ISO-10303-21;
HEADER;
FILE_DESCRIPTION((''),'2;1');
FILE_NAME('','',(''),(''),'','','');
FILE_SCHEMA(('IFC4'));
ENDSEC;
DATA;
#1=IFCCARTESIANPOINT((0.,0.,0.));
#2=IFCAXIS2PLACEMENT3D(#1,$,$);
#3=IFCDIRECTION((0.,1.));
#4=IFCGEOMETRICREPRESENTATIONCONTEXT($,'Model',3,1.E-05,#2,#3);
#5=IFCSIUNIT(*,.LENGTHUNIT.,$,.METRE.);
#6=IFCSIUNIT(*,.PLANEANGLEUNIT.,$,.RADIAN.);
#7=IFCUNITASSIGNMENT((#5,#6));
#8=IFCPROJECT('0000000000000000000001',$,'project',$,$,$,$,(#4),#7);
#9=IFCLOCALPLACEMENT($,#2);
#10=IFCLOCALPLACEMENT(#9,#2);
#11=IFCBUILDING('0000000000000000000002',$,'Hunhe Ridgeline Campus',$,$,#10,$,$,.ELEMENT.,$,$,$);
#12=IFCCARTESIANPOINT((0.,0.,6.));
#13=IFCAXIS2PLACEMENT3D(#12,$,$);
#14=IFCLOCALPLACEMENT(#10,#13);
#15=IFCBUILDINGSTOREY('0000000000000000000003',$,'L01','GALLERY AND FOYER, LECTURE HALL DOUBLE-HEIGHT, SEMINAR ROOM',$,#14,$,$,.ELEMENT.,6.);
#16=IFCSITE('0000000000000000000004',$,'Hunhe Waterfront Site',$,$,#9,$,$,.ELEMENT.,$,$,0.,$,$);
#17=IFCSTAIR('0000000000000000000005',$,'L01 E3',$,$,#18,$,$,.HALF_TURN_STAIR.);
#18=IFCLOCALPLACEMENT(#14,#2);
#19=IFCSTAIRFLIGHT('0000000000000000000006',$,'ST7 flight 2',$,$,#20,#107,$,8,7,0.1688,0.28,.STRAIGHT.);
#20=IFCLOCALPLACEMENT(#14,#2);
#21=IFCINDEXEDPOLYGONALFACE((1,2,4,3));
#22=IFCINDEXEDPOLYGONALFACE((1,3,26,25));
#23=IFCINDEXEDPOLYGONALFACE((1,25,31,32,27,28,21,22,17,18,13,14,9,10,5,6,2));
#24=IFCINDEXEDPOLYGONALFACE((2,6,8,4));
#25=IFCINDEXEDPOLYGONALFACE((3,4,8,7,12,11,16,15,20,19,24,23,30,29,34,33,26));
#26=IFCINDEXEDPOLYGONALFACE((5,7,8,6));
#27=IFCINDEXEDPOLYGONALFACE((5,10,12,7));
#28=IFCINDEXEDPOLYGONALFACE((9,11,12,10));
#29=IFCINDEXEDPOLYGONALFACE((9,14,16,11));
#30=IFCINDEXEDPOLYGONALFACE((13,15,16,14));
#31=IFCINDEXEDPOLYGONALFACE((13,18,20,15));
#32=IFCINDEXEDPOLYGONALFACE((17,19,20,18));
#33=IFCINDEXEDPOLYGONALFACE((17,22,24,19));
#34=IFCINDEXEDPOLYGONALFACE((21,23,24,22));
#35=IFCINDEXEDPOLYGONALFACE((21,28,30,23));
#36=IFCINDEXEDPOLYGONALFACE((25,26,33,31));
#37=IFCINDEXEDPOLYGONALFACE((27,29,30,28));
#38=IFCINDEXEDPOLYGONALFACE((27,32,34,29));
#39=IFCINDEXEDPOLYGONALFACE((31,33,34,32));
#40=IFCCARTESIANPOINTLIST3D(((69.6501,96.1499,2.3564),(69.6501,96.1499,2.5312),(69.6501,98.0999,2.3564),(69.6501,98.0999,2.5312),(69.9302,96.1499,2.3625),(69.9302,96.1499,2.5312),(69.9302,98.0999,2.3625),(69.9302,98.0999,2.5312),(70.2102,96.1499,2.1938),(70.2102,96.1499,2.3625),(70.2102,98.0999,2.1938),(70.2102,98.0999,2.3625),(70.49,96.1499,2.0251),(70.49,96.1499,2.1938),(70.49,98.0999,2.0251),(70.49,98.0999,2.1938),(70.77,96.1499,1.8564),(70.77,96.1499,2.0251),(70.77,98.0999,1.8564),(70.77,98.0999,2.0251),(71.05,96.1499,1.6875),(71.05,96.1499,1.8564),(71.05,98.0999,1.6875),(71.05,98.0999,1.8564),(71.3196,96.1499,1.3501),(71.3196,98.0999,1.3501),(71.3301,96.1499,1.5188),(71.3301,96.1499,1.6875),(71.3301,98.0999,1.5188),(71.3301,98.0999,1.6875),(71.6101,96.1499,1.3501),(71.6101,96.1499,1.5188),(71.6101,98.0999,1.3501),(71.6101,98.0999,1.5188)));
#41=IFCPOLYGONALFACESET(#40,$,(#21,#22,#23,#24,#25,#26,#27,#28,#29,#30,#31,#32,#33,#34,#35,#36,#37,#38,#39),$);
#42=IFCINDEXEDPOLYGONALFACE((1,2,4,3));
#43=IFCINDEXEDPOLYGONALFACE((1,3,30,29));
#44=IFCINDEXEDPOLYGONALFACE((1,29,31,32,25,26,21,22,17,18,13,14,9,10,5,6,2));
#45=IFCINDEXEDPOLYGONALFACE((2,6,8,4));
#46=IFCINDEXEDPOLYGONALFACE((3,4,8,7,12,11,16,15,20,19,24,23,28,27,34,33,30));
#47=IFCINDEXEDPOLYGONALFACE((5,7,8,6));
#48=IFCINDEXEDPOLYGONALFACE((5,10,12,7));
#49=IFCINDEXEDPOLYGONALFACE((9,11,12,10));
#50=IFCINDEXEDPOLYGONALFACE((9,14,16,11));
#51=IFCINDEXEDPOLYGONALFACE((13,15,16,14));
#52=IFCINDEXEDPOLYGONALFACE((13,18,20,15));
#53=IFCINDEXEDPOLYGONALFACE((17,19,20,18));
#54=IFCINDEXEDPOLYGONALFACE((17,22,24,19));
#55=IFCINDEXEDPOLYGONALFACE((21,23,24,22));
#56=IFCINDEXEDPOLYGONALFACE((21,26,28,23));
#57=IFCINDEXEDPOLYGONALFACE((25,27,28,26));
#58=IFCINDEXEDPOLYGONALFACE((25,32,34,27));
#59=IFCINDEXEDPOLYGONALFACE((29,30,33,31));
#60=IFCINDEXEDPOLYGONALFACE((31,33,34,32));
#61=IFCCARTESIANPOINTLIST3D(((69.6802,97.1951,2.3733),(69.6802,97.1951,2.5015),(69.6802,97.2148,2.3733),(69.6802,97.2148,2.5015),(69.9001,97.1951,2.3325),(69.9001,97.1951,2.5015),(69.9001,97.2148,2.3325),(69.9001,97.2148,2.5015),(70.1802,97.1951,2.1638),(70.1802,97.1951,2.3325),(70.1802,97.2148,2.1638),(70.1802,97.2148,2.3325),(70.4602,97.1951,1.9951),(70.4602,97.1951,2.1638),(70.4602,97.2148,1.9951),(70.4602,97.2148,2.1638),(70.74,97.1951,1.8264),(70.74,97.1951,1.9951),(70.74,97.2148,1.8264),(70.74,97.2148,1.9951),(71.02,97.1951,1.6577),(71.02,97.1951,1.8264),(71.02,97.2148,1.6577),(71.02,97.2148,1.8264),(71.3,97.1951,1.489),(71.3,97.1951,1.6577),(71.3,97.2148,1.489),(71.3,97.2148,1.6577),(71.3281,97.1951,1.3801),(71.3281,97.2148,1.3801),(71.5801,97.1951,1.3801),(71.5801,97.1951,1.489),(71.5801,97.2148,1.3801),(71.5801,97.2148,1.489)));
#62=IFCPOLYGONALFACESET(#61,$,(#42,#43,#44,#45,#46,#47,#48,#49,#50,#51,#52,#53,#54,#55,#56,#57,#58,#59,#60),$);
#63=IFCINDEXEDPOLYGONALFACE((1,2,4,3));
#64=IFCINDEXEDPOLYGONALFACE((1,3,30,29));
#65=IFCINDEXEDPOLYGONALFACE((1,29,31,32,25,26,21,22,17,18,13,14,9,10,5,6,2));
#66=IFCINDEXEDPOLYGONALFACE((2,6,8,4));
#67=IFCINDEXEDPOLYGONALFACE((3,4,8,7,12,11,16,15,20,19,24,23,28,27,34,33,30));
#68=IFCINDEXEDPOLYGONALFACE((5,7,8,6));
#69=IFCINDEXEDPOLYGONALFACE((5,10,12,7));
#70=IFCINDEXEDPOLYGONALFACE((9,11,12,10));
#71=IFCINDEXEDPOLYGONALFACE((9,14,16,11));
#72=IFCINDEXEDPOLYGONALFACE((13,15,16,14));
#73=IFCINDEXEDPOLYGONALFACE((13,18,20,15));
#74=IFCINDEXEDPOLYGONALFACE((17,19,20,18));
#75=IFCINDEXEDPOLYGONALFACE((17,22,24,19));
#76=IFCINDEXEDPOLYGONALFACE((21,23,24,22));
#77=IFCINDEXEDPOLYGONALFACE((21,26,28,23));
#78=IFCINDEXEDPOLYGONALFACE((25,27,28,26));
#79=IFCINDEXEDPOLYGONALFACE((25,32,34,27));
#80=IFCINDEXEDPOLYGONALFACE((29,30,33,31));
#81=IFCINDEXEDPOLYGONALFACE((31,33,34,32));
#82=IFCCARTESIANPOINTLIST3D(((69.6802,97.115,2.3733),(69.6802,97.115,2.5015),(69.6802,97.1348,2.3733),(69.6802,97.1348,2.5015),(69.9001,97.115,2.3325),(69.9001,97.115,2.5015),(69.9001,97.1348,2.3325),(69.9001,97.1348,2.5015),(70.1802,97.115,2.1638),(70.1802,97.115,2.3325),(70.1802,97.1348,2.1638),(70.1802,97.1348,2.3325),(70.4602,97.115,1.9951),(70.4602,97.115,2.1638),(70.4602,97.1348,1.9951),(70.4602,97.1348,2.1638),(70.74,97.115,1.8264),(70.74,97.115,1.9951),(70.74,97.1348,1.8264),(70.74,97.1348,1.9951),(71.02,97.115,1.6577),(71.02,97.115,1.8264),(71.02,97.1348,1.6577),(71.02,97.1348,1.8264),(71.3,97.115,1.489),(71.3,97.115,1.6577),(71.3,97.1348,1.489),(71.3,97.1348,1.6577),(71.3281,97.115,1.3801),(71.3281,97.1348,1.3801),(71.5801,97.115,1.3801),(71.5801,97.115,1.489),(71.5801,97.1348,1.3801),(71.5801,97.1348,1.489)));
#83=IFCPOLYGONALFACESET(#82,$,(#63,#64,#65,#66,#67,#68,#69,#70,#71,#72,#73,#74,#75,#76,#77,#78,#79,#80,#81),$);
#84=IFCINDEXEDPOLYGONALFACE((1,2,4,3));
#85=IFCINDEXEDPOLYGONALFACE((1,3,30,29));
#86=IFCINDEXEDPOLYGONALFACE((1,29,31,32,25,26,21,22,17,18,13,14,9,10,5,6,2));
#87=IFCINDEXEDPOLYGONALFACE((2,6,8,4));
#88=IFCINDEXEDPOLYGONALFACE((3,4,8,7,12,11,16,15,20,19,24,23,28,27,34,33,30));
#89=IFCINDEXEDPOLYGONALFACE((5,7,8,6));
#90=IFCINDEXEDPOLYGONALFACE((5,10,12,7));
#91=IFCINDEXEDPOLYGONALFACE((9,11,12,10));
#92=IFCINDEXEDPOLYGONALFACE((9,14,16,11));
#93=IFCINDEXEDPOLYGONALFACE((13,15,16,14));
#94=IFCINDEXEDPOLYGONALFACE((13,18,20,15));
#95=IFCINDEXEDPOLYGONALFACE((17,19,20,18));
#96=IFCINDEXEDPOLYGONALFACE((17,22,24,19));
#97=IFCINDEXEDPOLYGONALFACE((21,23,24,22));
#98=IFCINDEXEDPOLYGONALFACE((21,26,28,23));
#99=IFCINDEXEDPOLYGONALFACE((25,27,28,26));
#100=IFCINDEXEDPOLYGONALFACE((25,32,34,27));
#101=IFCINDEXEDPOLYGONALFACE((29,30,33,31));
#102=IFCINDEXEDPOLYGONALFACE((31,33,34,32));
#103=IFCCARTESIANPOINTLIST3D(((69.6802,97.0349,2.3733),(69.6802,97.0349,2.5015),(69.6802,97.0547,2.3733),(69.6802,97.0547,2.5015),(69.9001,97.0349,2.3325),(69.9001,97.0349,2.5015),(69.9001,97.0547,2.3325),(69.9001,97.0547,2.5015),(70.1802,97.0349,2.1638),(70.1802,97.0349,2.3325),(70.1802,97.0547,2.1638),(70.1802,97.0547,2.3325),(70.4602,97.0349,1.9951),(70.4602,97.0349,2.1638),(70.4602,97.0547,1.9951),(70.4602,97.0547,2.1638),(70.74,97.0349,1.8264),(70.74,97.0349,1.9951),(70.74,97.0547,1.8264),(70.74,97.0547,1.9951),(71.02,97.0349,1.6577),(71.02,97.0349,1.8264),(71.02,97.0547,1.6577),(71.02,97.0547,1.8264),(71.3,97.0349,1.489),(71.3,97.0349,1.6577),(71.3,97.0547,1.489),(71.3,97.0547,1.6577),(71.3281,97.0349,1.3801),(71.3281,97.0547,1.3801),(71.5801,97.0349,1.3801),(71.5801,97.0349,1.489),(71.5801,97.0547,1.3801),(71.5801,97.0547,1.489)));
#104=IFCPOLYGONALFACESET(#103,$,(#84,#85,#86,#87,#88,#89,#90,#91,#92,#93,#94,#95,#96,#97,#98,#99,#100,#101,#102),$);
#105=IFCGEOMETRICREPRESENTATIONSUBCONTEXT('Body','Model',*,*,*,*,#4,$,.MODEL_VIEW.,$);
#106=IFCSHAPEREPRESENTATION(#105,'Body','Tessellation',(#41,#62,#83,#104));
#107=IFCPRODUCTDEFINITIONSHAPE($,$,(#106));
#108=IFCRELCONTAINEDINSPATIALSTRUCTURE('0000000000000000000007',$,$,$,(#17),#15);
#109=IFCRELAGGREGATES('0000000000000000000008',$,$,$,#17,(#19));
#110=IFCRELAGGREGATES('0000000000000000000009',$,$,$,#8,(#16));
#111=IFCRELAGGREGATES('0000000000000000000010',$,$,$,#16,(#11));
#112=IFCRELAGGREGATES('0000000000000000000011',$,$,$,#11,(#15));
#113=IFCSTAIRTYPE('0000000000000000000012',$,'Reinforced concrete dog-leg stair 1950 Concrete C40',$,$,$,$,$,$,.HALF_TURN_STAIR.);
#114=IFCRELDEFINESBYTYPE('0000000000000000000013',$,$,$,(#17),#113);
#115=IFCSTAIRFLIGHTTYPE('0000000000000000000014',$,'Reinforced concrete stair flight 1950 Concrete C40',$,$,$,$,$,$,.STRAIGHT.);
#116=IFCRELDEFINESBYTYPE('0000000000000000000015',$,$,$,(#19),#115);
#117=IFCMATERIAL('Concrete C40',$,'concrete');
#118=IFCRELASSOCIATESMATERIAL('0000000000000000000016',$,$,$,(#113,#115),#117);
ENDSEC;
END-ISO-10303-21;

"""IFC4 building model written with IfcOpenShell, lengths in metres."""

from ifc_helpers import new_model, si_unit, direction, frame, origin, place, context, subcontext, project, spatial, polyline, outline, extrude, material, type_object, element, aggregate, save


model = new_model("IFC4")

# Units and contexts
model_context = context("Model", 3, precision=1e-05, world=origin(), true_north=direction((0.0, 1.0)))
body_context = subcontext(model_context, "Body", "Model", "MODEL_VIEW")
ifc_project = project(units=[si_unit("LENGTHUNIT", "METRE"), si_unit("PLANEANGLEUNIT", "RADIAN")], contexts=[model_context])

# Site, building, storey
site_placement = place(None, origin())
site = spatial("IfcSite", under=ifc_project, at=site_placement, Name="Hunhe Waterfront Site", CompositionType="ELEMENT", RefElevation=0.0)
building_placement = place(site_placement, origin())
building = spatial("IfcBuilding", under=site, at=building_placement, Name="Hunhe Ridgeline Campus", CompositionType="ELEMENT")
storey_placement = place(building_placement, frame((0.0, 0.0, 6.0)))
storey = spatial("IfcBuildingStorey", under=building, at=storey_placement, Name="L01", Description="GALLERY AND FOYER, LECTURE HALL DOUBLE-HEIGHT, SEMINAR ROOM", CompositionType="ELEMENT", Elevation=6.0)

# Stair, stair flight
ifc_material_1 = material(Name="Concrete C40", Category="concrete")
stair_type = type_object("IfcStairType", Name="Reinforced concrete dog-leg stair 1950 Concrete C40", PredefinedType="HALF_TURN_STAIR", material=ifc_material_1)
stair_1_placement = place(storey_placement, origin())
stair_1 = element("IfcStair", 1, at=stair_1_placement, inside=storey, type_object=stair_type, Name="L01 E3", PredefinedType="HALF_TURN_STAIR")
stair_flight_type = type_object("IfcStairFlightType", Name="Reinforced concrete stair flight 1950 Concrete C40", PredefinedType="STRAIGHT", material=ifc_material_1)
stair_flight_1_placement = place(storey_placement, frame((71.6101, 97.125, 1.3501), z_axis=(0.0, 0.0, 1.0), x_axis=(-1.0, 0.0, 0.0)))
stair_flight_1 = element("IfcStairFlight", 2, at=stair_flight_1_placement, type_object=stair_flight_type, Name="ST7 flight 2", NumberOfRisers=8, NumberOfTreads=7, PredefinedType="STRAIGHT", RiserHeight=0.1688, TreadLength=0.28, context=body_context, shape_type="SweptSolid", body=[
    extrude(outline(polyline([(0.0, 0.0), (0.0, 0.1687), (0.28, 0.1687), (0.28, 0.3374), (0.5601, 0.3374), (0.5601, 0.5063), (0.8401, 0.5063), (0.8401, 0.675), (1.1201, 0.675), (1.1201, 0.8438), (1.3999, 0.8438), (1.3999, 1.0125), (1.6799, 1.0125), (1.6799, 1.1812), (1.96, 1.1812), (1.96, 1.3501), (1.96, 1.0063), (0.2905, 0.0), (0.0, 0.0)])), frame((0.0, 0.9751, 0.0), z_axis=(0.0, -1.0, 0.0), x_axis=(1.0, 0.0, 0.0)), (0.0, 0.0, 1.0), 1.95),
    extrude(outline(polyline([(0.03, 0.03), (0.03, 0.1389), (0.3101, 0.1389), (0.3101, 0.3076), (0.5901, 0.3076), (0.5901, 0.4763), (0.8701, 0.4763), (0.8701, 0.645), (1.1499, 0.645), (1.1499, 0.8137), (1.4299, 0.8137), (1.4299, 0.9824), (1.71, 0.9824), (1.71, 1.1514), (1.9299, 1.1514), (1.9299, 1.0232), (0.282, 0.03), (0.03, 0.03)])), frame((0.0, -0.0701, 0.0), z_axis=(0.0, -1.0, 0.0), x_axis=(1.0, 0.0, 0.0)), (0.0, 0.0, 1.0), 0.0198),
    extrude(outline(polyline([(0.03, 0.03), (0.03, 0.1389), (0.3101, 0.1389), (0.3101, 0.3076), (0.5901, 0.3076), (0.5901, 0.4763), (0.8701, 0.4763), (0.8701, 0.645), (1.1499, 0.645), (1.1499, 0.8137), (1.4299, 0.8137), (1.4299, 0.9824), (1.71, 0.9824), (1.71, 1.1514), (1.9299, 1.1514), (1.9299, 1.0232), (0.282, 0.03), (0.03, 0.03)])), frame((0.0, 0.01, 0.0), z_axis=(0.0, -1.0, 0.0), x_axis=(1.0, 0.0, 0.0)), (0.0, 0.0, 1.0), 0.0198),
    extrude(outline(polyline([(0.03, 0.03), (0.03, 0.1389), (0.3101, 0.1389), (0.3101, 0.3076), (0.5901, 0.3076), (0.5901, 0.4763), (0.8701, 0.4763), (0.8701, 0.645), (1.1499, 0.645), (1.1499, 0.8137), (1.4299, 0.8137), (1.4299, 0.9824), (1.71, 0.9824), (1.71, 1.1514), (1.9299, 1.1514), (1.9299, 1.0232), (0.282, 0.03), (0.03, 0.03)])), frame((0.0, 0.0901, 0.0), z_axis=(0.0, -1.0, 0.0), x_axis=(1.0, 0.0, 0.0)), (0.0, 0.0, 1.0), 0.0198),
])
aggregate(stair_1, [stair_flight_1])

save(model, "model.ifc")
